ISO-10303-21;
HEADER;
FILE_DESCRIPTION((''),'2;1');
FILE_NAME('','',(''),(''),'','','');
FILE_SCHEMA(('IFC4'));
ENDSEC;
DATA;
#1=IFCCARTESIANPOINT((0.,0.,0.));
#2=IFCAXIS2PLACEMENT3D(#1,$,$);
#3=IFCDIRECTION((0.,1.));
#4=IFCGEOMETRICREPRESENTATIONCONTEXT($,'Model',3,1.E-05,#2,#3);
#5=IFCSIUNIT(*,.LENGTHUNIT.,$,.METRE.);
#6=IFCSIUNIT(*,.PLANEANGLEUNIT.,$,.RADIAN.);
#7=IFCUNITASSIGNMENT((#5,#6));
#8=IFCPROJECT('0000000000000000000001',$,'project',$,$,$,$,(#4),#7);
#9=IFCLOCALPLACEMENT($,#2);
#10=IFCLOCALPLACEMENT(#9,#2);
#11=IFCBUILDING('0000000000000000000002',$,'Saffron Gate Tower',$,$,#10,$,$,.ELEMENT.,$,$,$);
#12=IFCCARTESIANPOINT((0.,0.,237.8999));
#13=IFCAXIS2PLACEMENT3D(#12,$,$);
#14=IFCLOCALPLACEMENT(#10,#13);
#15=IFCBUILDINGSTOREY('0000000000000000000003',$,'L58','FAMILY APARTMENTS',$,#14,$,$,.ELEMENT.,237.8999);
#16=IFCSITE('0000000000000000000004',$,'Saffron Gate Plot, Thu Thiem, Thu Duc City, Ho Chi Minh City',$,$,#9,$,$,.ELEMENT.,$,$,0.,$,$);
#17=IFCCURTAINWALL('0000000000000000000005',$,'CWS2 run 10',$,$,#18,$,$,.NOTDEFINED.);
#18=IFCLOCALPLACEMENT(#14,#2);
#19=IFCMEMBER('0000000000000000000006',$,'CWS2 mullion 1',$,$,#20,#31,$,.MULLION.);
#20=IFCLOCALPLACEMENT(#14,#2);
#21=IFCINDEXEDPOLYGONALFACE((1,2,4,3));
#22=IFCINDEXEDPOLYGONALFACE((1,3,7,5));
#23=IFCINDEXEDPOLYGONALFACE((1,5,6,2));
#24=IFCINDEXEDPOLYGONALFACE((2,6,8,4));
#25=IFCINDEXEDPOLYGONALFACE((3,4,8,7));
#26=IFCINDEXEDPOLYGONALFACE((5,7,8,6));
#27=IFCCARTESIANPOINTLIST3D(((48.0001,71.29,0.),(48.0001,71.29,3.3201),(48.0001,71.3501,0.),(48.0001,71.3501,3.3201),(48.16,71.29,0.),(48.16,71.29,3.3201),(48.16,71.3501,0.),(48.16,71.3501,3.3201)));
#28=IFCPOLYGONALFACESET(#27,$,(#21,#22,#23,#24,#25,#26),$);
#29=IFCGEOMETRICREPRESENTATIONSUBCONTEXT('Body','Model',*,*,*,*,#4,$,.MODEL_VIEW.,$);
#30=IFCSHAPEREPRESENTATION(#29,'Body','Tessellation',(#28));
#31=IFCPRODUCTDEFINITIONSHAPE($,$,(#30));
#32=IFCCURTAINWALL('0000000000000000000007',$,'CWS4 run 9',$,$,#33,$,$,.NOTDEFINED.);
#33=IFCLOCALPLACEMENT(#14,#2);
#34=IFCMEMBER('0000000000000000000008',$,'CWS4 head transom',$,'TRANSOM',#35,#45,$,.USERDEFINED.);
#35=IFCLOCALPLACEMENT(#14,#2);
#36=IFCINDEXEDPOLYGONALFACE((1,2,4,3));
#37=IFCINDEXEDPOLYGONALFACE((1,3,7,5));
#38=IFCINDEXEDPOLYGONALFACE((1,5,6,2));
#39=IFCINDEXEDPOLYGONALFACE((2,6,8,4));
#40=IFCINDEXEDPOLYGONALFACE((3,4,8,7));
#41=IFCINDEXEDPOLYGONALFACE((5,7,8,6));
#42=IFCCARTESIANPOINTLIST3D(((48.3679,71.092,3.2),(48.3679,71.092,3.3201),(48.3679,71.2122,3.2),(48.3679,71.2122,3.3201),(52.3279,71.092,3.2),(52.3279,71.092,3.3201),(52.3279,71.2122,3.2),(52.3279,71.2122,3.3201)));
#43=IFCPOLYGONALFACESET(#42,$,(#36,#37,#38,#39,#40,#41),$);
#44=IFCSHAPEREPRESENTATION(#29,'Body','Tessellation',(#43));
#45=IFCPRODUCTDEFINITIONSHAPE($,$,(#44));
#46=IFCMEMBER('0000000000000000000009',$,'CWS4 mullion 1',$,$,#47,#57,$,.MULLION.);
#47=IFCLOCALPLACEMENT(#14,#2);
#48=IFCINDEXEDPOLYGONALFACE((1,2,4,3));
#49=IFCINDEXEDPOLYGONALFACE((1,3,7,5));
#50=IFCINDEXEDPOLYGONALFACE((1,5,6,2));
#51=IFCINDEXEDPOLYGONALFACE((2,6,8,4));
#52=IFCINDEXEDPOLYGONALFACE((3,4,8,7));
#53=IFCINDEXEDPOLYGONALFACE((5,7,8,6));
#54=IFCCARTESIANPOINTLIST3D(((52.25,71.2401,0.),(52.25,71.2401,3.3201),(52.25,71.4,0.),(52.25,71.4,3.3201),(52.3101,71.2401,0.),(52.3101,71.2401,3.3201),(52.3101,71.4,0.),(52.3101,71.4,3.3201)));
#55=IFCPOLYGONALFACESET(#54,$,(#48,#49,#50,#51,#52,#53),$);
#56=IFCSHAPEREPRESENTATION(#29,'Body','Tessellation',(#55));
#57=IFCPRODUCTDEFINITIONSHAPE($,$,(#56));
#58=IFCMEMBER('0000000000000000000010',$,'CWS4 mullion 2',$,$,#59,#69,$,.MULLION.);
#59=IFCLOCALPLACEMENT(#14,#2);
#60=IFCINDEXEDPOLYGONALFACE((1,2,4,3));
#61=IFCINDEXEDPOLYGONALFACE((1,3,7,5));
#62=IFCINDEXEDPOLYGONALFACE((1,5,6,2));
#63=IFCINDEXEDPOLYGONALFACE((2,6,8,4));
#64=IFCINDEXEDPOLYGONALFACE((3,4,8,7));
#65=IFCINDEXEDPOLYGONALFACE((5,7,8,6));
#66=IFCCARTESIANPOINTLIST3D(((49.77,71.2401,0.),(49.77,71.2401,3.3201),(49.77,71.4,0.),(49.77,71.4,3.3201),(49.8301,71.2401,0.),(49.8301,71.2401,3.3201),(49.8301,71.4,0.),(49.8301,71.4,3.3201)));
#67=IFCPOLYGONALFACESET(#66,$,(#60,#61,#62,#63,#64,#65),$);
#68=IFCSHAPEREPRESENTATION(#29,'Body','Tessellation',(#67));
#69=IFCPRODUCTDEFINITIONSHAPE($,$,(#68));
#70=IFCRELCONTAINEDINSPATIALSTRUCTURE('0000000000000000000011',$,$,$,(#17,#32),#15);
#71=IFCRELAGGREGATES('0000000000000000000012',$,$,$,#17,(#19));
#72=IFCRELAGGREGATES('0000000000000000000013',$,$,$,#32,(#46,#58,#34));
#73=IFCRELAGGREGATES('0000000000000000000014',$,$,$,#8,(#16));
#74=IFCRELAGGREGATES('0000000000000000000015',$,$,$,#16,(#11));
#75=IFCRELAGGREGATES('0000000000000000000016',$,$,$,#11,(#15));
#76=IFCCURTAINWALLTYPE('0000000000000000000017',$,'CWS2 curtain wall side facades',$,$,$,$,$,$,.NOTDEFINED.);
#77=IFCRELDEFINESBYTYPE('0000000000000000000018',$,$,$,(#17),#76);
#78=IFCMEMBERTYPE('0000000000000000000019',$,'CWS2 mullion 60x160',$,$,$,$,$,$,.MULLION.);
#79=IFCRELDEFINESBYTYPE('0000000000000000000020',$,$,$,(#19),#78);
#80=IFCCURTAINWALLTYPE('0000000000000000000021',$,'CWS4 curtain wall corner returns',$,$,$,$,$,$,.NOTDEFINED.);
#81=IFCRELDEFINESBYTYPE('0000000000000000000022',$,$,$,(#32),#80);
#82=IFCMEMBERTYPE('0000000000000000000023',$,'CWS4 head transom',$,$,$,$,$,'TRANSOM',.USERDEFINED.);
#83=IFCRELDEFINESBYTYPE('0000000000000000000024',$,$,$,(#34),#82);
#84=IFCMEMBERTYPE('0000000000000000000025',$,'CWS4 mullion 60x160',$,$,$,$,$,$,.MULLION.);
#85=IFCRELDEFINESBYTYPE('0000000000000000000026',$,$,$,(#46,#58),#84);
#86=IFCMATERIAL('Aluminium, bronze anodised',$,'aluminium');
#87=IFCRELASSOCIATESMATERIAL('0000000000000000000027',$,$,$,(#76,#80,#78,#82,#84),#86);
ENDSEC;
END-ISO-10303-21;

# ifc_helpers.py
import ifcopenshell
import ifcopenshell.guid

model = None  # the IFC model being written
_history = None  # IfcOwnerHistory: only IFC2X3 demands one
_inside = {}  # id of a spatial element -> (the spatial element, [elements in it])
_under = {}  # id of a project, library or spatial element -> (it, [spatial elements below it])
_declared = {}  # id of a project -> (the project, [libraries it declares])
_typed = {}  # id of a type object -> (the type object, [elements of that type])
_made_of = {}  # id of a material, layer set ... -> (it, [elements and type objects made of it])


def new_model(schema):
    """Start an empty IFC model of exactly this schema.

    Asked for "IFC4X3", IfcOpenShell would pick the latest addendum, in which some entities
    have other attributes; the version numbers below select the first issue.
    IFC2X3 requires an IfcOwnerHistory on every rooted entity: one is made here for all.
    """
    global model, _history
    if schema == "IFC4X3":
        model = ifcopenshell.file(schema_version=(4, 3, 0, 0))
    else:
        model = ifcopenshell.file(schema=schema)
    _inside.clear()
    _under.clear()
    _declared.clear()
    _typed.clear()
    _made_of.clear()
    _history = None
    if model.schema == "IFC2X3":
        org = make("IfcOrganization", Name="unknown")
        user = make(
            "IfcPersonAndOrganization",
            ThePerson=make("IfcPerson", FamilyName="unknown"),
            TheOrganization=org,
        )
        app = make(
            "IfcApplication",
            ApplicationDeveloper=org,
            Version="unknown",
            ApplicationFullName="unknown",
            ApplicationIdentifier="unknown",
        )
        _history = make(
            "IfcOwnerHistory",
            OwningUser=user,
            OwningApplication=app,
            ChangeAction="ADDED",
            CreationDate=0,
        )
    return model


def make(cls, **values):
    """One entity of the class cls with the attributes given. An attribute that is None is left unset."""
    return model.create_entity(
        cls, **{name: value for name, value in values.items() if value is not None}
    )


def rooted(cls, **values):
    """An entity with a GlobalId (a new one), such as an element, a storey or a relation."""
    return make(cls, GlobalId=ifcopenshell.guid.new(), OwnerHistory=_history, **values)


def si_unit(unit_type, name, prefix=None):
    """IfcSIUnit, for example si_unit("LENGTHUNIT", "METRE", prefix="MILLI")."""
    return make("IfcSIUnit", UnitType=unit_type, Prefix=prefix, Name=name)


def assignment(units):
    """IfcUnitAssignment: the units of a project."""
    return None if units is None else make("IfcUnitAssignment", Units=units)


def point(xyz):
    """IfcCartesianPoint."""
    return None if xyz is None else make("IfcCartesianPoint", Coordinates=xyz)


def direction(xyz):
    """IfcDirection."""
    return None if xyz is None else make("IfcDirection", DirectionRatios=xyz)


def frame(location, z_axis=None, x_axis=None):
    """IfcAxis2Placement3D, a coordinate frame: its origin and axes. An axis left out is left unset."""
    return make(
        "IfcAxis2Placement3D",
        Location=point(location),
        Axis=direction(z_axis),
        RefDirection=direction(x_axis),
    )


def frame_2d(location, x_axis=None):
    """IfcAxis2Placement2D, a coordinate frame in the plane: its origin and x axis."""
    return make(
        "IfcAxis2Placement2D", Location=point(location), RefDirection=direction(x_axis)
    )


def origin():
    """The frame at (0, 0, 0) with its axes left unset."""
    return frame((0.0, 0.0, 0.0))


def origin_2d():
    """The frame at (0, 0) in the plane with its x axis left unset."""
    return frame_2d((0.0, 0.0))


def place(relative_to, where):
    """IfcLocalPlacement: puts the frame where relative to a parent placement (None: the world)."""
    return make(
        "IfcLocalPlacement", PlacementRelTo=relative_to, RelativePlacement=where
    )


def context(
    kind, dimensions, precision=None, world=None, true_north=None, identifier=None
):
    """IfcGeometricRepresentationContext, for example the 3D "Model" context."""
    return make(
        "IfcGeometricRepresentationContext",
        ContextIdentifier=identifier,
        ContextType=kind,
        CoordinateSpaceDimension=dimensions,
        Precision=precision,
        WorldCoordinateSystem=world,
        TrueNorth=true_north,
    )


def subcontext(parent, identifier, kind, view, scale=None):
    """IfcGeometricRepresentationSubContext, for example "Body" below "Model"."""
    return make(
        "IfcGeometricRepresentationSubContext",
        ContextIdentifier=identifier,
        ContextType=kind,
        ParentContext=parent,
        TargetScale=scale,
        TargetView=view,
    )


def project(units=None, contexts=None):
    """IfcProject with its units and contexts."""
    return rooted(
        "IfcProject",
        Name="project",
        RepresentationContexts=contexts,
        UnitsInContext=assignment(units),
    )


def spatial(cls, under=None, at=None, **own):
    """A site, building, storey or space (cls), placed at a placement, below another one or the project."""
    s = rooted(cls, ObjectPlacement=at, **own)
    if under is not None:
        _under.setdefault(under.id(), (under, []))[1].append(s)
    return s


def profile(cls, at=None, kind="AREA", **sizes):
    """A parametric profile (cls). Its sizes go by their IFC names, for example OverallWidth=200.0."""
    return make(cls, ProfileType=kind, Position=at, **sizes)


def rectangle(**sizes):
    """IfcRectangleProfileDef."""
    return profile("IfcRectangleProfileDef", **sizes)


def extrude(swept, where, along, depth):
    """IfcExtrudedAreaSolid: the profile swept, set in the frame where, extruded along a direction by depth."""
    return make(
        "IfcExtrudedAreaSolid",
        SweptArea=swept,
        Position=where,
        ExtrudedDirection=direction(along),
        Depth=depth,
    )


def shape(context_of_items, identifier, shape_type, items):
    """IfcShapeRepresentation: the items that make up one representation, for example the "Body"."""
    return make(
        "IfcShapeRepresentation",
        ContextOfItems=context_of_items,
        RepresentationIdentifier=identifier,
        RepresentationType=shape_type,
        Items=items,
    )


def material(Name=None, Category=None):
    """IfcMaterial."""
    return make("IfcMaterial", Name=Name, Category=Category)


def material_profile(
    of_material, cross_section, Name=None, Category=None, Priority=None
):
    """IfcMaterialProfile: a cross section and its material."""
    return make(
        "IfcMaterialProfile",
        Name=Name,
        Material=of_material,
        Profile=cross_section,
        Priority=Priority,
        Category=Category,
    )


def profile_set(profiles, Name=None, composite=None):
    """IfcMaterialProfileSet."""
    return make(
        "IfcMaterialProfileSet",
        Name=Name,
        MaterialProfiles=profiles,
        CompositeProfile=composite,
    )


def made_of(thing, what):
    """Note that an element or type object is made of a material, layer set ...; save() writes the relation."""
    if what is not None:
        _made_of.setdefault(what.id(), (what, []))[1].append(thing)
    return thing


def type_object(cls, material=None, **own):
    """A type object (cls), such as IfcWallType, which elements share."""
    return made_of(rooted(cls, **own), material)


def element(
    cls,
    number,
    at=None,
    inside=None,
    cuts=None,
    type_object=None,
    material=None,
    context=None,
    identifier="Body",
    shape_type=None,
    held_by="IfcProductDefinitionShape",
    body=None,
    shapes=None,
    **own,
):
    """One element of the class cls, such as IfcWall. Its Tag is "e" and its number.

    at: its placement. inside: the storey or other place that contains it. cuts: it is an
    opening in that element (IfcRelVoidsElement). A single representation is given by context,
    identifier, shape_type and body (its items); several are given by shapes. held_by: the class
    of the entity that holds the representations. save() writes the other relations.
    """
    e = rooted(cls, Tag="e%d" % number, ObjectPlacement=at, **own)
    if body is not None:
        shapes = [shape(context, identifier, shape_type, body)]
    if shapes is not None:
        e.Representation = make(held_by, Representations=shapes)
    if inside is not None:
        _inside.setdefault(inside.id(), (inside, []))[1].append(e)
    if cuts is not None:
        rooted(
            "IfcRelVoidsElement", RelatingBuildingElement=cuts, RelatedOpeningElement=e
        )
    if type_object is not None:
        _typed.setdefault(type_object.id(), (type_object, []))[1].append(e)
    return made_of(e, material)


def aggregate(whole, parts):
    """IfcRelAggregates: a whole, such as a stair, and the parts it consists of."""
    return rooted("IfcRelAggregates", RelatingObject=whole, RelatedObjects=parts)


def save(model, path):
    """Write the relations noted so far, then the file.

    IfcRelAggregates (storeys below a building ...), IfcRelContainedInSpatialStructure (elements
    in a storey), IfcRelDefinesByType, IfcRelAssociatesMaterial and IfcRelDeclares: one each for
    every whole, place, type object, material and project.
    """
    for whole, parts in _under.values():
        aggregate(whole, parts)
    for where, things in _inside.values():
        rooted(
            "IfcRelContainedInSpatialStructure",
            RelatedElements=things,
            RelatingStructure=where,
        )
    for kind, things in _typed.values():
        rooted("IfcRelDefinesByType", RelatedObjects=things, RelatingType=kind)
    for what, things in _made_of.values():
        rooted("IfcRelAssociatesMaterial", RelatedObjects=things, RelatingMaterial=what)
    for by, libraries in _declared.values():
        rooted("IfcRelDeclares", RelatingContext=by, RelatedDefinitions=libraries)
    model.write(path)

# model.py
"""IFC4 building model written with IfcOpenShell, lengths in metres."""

from ifc_helpers import new_model, si_unit, direction, frame, origin, origin_2d, place, context, subcontext, project, spatial, rectangle, extrude, material, material_profile, profile_set, type_object, element, aggregate, save


model = new_model("IFC4")

# Units and contexts
model_context = context("Model", 3, precision=1e-05, world=origin(), true_north=direction((0.0, 1.0)))
body_context = subcontext(model_context, "Body", "Model", "MODEL_VIEW")
ifc_project = project(units=[si_unit("LENGTHUNIT", "METRE"), si_unit("PLANEANGLEUNIT", "RADIAN")], contexts=[model_context])

# Site, building, storey
site_placement = place(None, origin())
site = spatial("IfcSite", under=ifc_project, at=site_placement, Name="Saffron Gate Plot, Thu Thiem, Thu Duc City, Ho Chi Minh City", CompositionType="ELEMENT", RefElevation=0.0)
building_placement = place(site_placement, origin())
building = spatial("IfcBuilding", under=site, at=building_placement, Name="Saffron Gate Tower", CompositionType="ELEMENT")
storey_placement = place(building_placement, frame((0.0, 0.0, 237.8999)))
storey = spatial("IfcBuildingStorey", under=building, at=storey_placement, Name="L58", Description="FAMILY APARTMENTS", CompositionType="ELEMENT", Elevation=237.8999)

# Curtain wall, member
ifc_material_1 = material(Name="Aluminium, bronze anodised", Category="aluminium")
curtain_wall_type_1 = type_object("IfcCurtainWallType", Name="CWS2 curtain wall side facades", PredefinedType="NOTDEFINED", material=ifc_material_1)
curtain_wall_1_placement = place(storey_placement, origin())
curtain_wall_1 = element("IfcCurtainWall", 1, at=curtain_wall_1_placement, inside=storey, type_object=curtain_wall_type_1, Name="CWS2 run 10", PredefinedType="NOTDEFINED")
ifc_material_profile_1 = material_profile(ifc_material_1, rectangle(XDim=0.1599, YDim=0.0601, at=origin_2d()))
ifc_profile_set_1 = profile_set([ifc_material_profile_1], Name="Aluminium, bronze anodised")
member_type_1 = type_object("IfcMemberType", Name="CWS2 mullion 60x160", PredefinedType="MULLION", material=ifc_profile_set_1)
member_1_placement = place(storey_placement, frame((48.0801, 71.3201, 0.0), z_axis=(0.0, 0.0, 1.0), x_axis=(1.0, 0.0, 0.0)))
member_1 = element("IfcMember", 2, at=member_1_placement, type_object=member_type_1, Name="CWS2 mullion 1", PredefinedType="MULLION", context=body_context, shape_type="SweptSolid", body=[
    extrude(rectangle(XDim=0.1599, YDim=0.0601, at=origin_2d()), origin(), (0.0, 0.0, 1.0), 3.3201),
])

# Curtain wall, members
curtain_wall_type_2 = type_object("IfcCurtainWallType", Name="CWS4 curtain wall corner returns", PredefinedType="NOTDEFINED", material=ifc_material_1)
curtain_wall_2_placement = place(storey_placement, origin())
curtain_wall_2 = element("IfcCurtainWall", 3, at=curtain_wall_2_placement, inside=storey, type_object=curtain_wall_type_2, Name="CWS4 run 9", PredefinedType="NOTDEFINED")
ifc_material_profile_2 = material_profile(ifc_material_1, rectangle(XDim=0.1201, YDim=0.1201, at=origin_2d()))
ifc_profile_set_2 = profile_set([ifc_material_profile_2], Name="Aluminium, bronze anodised")
member_type_2 = type_object("IfcMemberType", Name="CWS4 head transom", ElementType="TRANSOM", PredefinedType="USERDEFINED", material=ifc_profile_set_2)
member_2_placement = place(storey_placement, frame((52.3279, 71.1521, 3.26), z_axis=(-1.0, 0.0, 0.0), x_axis=(0.0, -1.0, 0.0)))
member_2 = element("IfcMember", 4, at=member_2_placement, type_object=member_type_2, Name="CWS4 head transom", ObjectType="TRANSOM", PredefinedType="USERDEFINED", context=body_context, shape_type="SweptSolid", body=[
    extrude(rectangle(XDim=0.1201, YDim=0.1201, at=origin_2d()), origin(), (0.0, 0.0, 1.0), 3.96),
])
ifc_material_profile_3 = material_profile(ifc_material_1, rectangle(XDim=0.1599, YDim=0.0601, at=origin_2d()))
ifc_profile_set_3 = profile_set([ifc_material_profile_3], Name="Aluminium, bronze anodised")
member_type_3 = type_object("IfcMemberType", Name="CWS4 mullion 60x160", PredefinedType="MULLION", material=ifc_profile_set_3)
member_3_placement = place(storey_placement, frame((52.28, 71.3201, 0.0), z_axis=(0.0, 0.0, 1.0), x_axis=(0.0, -1.0, 0.0)))
member_3 = element("IfcMember", 5, at=member_3_placement, type_object=member_type_3, Name="CWS4 mullion 1", PredefinedType="MULLION", context=body_context, shape_type="SweptSolid", body=[
    extrude(rectangle(XDim=0.1599, YDim=0.0601, at=origin_2d()), origin(), (0.0, 0.0, 1.0), 3.3201),
])
member_4_placement = place(storey_placement, frame((49.8, 71.3201, 0.0), z_axis=(0.0, 0.0, 1.0), x_axis=(0.0, -1.0, 0.0)))
member_4 = element("IfcMember", 6, at=member_4_placement, type_object=member_type_3, Name="CWS4 mullion 2", PredefinedType="MULLION", context=body_context, shape_type="SweptSolid", body=[
    extrude(rectangle(XDim=0.1599, YDim=0.0601, at=origin_2d()), origin(), (0.0, 0.0, 1.0), 3.3201),
])

aggregate(curtain_wall_1, [member_1])

aggregate(curtain_wall_2, [member_3, member_4, member_2])

save(model, "model.ifc")
